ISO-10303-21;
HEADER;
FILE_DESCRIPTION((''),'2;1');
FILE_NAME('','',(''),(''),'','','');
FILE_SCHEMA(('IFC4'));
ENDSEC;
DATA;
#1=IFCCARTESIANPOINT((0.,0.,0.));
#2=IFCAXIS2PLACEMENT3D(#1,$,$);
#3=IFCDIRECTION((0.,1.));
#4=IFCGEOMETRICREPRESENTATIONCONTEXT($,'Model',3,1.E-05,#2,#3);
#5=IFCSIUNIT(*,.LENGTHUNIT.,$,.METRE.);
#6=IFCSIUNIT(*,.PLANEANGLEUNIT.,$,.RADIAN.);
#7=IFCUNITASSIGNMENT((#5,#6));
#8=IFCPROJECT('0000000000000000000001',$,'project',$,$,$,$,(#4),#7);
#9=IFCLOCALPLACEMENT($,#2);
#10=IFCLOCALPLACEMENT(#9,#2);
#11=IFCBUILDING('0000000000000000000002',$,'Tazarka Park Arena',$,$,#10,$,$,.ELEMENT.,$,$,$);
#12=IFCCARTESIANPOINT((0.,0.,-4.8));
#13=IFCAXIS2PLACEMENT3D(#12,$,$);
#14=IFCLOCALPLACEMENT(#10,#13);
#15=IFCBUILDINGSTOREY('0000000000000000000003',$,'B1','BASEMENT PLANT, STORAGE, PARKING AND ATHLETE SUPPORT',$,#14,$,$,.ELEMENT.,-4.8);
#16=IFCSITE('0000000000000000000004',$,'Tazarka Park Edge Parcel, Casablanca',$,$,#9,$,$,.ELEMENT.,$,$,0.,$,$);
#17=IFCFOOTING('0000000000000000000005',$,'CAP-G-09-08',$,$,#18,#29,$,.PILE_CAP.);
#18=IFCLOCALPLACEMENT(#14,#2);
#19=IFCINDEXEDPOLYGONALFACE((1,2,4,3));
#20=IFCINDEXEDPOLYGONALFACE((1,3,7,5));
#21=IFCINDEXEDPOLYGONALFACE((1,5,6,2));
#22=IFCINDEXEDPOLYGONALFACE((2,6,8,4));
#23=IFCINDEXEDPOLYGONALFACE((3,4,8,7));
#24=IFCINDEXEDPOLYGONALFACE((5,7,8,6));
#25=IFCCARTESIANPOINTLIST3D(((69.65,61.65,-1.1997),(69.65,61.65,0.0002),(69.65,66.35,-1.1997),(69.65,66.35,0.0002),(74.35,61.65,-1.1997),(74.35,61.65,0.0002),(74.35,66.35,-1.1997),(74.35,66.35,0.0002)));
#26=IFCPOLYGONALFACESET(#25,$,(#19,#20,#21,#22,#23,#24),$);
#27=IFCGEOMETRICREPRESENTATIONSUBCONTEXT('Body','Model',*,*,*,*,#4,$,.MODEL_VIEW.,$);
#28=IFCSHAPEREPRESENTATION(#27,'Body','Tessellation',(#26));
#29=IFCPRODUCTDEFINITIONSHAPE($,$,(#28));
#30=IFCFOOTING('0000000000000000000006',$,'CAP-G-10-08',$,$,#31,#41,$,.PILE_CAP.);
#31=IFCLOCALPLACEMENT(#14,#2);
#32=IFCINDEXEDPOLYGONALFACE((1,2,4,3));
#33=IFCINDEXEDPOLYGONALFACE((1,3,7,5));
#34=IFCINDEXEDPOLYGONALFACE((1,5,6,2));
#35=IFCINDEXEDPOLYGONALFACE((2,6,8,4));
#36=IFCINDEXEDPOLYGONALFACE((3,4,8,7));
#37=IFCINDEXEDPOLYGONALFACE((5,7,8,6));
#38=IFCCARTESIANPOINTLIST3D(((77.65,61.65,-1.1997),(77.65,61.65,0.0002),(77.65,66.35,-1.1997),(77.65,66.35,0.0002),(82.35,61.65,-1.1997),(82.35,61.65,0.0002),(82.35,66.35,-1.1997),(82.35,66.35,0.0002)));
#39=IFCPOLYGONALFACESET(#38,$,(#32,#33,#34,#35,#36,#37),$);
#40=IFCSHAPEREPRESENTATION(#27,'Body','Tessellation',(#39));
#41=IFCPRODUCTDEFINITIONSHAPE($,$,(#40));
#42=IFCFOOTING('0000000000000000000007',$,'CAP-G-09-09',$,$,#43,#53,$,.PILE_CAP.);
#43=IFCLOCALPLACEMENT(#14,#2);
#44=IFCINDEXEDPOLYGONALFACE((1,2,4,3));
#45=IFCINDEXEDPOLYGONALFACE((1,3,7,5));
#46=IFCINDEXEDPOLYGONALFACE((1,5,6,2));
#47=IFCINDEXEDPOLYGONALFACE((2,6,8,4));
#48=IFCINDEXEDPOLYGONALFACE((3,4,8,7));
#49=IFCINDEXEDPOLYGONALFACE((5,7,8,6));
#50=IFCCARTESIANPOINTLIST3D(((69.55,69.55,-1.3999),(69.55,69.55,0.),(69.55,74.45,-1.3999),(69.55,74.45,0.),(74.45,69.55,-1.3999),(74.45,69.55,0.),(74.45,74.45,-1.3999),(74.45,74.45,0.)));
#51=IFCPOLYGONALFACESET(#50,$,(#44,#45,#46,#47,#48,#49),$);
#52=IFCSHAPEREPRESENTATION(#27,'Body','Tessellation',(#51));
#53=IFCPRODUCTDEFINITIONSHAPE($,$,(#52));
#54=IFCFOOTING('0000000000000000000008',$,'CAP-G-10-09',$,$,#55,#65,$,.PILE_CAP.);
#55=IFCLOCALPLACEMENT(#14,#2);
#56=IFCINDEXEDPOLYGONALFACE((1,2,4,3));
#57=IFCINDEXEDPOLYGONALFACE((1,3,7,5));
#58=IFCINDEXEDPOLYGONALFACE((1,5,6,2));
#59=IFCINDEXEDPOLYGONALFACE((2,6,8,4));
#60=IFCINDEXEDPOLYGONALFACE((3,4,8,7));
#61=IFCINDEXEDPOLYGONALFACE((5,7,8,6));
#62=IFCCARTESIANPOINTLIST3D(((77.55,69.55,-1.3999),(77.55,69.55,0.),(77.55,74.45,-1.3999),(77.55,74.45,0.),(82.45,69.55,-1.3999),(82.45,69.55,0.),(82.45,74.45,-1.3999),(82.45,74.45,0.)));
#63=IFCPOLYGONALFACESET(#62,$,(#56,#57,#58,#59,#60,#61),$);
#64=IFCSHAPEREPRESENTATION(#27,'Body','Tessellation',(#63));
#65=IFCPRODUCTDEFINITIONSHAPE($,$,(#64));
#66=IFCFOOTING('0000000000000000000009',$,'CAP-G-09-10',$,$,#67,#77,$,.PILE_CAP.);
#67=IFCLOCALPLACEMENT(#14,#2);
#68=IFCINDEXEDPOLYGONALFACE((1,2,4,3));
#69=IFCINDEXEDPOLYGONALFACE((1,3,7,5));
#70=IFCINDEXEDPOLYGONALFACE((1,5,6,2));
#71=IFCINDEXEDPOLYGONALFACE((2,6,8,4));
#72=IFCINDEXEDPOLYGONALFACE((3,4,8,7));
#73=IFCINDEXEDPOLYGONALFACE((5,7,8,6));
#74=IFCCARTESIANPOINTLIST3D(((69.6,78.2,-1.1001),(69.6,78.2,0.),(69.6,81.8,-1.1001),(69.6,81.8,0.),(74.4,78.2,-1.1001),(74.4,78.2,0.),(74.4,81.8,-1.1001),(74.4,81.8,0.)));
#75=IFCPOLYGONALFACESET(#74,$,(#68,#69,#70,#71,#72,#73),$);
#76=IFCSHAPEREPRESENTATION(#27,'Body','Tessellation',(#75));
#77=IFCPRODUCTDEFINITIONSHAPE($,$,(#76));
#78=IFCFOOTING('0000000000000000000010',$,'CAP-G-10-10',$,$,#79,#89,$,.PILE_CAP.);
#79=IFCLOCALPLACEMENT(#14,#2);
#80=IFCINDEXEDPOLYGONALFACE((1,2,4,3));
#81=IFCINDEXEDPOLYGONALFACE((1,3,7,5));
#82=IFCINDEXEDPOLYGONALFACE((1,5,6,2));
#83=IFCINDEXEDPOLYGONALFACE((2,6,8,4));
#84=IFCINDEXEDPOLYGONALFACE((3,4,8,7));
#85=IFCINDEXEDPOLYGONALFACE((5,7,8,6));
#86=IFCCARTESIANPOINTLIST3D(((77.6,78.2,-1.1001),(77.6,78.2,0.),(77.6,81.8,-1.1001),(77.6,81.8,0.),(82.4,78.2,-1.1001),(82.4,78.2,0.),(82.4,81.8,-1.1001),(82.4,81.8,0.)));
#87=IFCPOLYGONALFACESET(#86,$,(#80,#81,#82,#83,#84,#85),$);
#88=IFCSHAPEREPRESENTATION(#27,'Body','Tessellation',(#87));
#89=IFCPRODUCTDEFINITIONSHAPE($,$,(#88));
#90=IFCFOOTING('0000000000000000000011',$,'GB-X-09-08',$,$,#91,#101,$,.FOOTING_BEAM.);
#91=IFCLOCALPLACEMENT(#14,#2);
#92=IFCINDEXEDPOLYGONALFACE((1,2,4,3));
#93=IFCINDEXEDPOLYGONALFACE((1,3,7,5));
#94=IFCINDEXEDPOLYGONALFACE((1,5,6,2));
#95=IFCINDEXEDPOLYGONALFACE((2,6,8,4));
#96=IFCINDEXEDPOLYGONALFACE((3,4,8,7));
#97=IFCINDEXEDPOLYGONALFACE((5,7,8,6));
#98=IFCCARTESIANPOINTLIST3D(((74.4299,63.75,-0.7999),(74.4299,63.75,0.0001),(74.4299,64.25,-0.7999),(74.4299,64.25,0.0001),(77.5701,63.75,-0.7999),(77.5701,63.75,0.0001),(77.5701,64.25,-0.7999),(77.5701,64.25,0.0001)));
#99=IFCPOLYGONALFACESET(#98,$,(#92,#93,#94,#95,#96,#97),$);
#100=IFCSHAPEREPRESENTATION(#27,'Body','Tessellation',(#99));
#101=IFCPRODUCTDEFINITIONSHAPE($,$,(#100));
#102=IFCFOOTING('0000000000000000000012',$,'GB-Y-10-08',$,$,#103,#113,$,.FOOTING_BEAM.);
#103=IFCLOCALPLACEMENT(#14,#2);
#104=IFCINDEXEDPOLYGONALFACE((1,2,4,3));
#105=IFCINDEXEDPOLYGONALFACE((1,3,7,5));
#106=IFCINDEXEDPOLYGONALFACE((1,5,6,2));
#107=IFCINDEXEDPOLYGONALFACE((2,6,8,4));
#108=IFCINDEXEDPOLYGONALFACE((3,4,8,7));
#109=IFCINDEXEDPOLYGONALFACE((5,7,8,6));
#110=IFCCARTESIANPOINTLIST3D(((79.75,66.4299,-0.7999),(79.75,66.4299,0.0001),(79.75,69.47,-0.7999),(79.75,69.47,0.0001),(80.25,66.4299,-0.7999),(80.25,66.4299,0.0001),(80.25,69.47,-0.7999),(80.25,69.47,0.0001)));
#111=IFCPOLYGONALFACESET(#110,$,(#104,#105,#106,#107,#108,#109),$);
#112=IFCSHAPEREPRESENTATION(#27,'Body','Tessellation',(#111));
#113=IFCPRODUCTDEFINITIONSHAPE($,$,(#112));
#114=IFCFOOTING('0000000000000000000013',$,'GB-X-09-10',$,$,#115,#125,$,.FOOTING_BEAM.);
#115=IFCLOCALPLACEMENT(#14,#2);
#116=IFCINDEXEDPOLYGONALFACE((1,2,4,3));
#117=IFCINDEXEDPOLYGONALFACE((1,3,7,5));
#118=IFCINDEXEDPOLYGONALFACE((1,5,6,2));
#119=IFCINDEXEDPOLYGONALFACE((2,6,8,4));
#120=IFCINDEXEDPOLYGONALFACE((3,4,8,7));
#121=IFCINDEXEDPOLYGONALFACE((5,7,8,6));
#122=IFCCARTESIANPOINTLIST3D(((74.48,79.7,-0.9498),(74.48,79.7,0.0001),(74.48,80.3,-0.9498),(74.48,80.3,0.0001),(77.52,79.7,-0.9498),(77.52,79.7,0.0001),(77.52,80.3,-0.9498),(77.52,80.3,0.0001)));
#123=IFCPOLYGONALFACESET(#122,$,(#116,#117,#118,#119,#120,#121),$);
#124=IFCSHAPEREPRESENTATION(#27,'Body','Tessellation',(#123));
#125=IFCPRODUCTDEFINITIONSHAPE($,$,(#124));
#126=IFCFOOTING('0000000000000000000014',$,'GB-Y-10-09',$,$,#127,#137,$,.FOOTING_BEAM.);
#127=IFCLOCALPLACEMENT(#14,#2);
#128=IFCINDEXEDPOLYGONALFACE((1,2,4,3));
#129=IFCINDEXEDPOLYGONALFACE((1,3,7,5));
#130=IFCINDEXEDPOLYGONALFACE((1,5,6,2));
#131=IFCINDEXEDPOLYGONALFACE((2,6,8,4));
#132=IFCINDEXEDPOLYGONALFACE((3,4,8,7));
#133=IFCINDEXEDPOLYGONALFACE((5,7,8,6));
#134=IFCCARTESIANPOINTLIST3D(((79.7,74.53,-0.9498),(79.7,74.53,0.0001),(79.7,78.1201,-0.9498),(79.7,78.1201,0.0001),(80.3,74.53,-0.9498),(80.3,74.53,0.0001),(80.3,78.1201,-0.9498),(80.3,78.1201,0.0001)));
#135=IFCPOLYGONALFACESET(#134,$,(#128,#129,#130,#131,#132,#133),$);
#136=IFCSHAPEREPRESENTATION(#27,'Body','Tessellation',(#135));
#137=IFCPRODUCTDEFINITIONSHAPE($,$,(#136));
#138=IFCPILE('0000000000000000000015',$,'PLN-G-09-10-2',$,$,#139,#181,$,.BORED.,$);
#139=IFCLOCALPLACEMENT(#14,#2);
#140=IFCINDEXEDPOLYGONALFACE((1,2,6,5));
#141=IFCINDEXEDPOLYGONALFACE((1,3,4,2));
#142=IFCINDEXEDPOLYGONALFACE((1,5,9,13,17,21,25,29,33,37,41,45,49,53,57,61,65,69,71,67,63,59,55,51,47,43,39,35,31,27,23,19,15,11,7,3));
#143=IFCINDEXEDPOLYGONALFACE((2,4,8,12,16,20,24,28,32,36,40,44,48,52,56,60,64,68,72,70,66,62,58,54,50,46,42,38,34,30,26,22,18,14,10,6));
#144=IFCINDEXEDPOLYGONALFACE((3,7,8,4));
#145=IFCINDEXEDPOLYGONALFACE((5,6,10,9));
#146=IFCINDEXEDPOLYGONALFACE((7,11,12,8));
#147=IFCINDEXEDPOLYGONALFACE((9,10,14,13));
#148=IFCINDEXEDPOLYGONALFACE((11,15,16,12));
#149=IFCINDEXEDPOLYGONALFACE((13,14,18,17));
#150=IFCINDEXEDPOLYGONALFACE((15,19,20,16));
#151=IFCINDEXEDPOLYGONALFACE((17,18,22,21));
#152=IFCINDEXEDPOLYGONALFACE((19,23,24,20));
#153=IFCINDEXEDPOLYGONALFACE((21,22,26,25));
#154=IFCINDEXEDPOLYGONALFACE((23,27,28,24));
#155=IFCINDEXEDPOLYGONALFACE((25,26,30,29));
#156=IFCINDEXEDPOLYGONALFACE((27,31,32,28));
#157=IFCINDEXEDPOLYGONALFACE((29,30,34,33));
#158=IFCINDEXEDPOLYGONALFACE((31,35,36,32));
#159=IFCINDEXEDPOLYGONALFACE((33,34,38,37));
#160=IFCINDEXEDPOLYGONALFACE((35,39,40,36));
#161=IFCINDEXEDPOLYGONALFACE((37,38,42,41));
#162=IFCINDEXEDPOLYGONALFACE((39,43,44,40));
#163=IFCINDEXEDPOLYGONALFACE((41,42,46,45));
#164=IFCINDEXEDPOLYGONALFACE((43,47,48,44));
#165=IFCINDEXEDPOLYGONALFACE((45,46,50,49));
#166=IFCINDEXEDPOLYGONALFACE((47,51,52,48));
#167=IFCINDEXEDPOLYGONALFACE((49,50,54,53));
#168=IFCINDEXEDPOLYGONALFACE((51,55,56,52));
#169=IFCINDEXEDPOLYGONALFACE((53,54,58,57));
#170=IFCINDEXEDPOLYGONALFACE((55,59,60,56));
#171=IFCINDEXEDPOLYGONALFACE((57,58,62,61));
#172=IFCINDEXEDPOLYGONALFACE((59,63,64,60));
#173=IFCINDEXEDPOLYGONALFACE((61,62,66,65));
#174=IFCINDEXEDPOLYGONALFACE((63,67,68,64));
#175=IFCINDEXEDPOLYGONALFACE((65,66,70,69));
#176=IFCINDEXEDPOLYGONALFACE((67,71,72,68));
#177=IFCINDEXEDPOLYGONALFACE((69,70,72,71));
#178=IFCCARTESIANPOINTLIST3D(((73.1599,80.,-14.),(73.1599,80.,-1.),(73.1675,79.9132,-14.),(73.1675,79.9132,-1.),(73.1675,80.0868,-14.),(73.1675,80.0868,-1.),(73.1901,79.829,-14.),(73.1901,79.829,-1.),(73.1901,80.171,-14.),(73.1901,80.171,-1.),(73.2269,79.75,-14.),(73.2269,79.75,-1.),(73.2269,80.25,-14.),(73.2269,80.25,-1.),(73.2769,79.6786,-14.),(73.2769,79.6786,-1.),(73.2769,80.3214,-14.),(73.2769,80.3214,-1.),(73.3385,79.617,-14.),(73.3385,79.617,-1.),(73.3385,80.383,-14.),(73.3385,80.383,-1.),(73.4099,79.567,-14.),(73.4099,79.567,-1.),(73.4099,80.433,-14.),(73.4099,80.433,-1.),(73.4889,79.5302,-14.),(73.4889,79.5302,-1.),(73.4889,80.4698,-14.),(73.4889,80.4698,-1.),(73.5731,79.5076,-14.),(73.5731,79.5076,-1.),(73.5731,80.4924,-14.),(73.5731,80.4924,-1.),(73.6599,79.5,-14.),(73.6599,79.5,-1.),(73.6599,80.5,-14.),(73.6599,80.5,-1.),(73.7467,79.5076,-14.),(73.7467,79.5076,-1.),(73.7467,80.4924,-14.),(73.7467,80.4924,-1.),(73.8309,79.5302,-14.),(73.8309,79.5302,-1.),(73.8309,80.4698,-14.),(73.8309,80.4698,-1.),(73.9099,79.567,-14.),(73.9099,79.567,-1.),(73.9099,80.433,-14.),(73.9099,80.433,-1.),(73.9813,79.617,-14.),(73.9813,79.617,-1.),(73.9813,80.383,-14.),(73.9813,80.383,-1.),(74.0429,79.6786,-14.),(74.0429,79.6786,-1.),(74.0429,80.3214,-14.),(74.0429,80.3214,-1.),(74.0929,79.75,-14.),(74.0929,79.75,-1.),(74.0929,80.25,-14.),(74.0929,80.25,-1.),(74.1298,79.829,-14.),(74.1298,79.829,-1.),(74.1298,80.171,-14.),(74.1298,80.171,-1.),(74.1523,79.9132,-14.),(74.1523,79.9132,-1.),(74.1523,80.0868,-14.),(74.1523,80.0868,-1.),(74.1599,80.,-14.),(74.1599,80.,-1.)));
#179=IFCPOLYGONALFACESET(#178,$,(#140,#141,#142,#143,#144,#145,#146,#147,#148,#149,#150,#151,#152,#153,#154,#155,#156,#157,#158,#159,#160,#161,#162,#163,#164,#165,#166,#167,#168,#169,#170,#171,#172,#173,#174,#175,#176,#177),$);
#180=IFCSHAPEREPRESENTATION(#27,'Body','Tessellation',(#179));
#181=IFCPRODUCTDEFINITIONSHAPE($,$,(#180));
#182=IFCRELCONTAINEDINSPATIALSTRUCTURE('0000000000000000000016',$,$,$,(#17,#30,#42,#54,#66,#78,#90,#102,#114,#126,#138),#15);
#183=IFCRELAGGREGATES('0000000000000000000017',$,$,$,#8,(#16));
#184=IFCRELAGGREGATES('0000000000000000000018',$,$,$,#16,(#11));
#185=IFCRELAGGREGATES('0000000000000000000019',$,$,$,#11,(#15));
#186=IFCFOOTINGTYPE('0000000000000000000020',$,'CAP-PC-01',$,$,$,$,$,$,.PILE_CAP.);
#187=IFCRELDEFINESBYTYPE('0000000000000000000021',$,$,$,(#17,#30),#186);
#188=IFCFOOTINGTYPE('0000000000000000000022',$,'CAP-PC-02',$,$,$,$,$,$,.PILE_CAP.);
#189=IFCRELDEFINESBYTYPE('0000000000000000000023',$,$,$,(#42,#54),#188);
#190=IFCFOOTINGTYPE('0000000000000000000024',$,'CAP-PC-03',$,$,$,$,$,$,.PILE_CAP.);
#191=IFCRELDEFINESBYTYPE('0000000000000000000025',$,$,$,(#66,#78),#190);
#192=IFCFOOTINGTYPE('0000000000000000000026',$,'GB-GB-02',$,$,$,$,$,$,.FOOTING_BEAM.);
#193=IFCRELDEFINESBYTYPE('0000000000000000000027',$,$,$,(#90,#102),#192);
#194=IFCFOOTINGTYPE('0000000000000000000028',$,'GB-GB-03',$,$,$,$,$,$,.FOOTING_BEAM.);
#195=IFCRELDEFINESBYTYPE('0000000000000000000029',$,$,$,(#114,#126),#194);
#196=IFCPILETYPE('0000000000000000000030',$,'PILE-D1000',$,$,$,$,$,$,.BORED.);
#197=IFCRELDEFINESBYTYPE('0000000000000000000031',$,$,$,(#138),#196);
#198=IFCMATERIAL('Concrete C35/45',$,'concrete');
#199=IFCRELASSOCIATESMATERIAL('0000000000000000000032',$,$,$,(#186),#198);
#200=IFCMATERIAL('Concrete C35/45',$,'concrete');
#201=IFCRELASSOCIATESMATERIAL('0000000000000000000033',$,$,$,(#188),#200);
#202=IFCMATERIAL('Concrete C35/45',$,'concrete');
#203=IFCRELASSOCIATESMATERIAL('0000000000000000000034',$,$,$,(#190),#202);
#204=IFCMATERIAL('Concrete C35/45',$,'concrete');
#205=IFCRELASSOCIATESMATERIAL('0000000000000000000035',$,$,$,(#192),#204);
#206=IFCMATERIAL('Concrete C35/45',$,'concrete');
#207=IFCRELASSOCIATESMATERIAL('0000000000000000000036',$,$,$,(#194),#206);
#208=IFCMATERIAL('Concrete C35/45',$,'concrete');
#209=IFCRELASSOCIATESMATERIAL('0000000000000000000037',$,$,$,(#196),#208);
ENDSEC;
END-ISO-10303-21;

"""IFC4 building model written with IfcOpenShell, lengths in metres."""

from ifc_helpers import new_model, si_unit, direction, frame, origin, origin_2d, place, context, subcontext, project, spatial, rectangle, circle, extrude, material, material_profile, profile_set, type_object, element, save


model = new_model("IFC4")

# Units and contexts
model_context = context("Model", 3, precision=1e-05, world=origin(), true_north=direction((0.0, 1.0)))
body_context = subcontext(model_context, "Body", "Model", "MODEL_VIEW")
ifc_project = project(units=[si_unit("LENGTHUNIT", "METRE"), si_unit("PLANEANGLEUNIT", "RADIAN")], contexts=[model_context])

# Site, building, storey
site_placement = place(None, origin())
site = spatial("IfcSite", under=ifc_project, at=site_placement, Name="Tazarka Park Edge Parcel, Casablanca", CompositionType="ELEMENT", RefElevation=0.0)
building_placement = place(site_placement, origin())
building = spatial("IfcBuilding", under=site, at=building_placement, Name="Tazarka Park Arena", CompositionType="ELEMENT")
storey_placement = place(building_placement, frame((0.0, 0.0, -4.8)))
storey = spatial("IfcBuildingStorey", under=building, at=storey_placement, Name="B1", Description="BASEMENT PLANT, STORAGE, PARKING AND ATHLETE SUPPORT", CompositionType="ELEMENT", Elevation=-4.8)

# Footings
ifc_material_1 = material(Name="Concrete C35/45", Category="concrete")
footing_type_1 = type_object("IfcFootingType", Name="CAP-PC-01", PredefinedType="PILE_CAP", material=ifc_material_1)
for number, where, z_axis, x_axis, name in (
    (1, (72.0, 64.0, -1.1997), (0.0, 0.0, 1.0), (1.0, 0.0, 0.0), "CAP-G-09-08"),
    (2, (80.0, 64.0, -1.1997), (0.0, 0.0, 1.0), (1.0, 0.0, 0.0), "CAP-G-10-08"),
):
    element("IfcFooting", number, at=place(storey_placement, frame(where, z_axis=z_axis, x_axis=x_axis)), inside=storey, type_object=footing_type_1, Name=name, PredefinedType="PILE_CAP", context=body_context, shape_type="SweptSolid", body=[
        extrude(rectangle(XDim=4.7, YDim=4.7, at=origin_2d()), origin(), (0.0, 0.0, 1.0), 1.2),
    ])
ifc_material_2 = material(Name="Concrete C35/45", Category="concrete")
footing_type_2 = type_object("IfcFootingType", Name="CAP-PC-02", PredefinedType="PILE_CAP", material=ifc_material_2)
for number, where, z_axis, x_axis, name in (
    (3, (72.0, 72.0, -1.3999), (0.0, 0.0, 1.0), (1.0, 0.0, 0.0), "CAP-G-09-09"),
    (4, (80.0, 72.0, -1.3999), (0.0, 0.0, 1.0), (1.0, 0.0, 0.0), "CAP-G-10-09"),
):
    element("IfcFooting", number, at=place(storey_placement, frame(where, z_axis=z_axis, x_axis=x_axis)), inside=storey, type_object=footing_type_2, Name=name, PredefinedType="PILE_CAP", context=body_context, shape_type="SweptSolid", body=[
        extrude(rectangle(XDim=4.8999, YDim=4.8999, at=origin_2d()), origin(), (0.0, 0.0, 1.0), 1.3999),
    ])
ifc_material_3 = material(Name="Concrete C35/45", Category="concrete")
footing_type_3 = type_object("IfcFootingType", Name="CAP-PC-03", PredefinedType="PILE_CAP", material=ifc_material_3)
for number, where, z_axis, x_axis, name in (
    (5, (72.0, 80.0, -1.1001), (0.0, 0.0, 1.0), (1.0, 0.0, 0.0), "CAP-G-09-10"),
    (6, (80.0, 80.0, -1.1001), (0.0, 0.0, 1.0), (1.0, 0.0, 0.0), "CAP-G-10-10"),
):
    element("IfcFooting", number, at=place(storey_placement, frame(where, z_axis=z_axis, x_axis=x_axis)), inside=storey, type_object=footing_type_3, Name=name, PredefinedType="PILE_CAP", context=body_context, shape_type="SweptSolid", body=[
        extrude(rectangle(XDim=4.8, YDim=3.6001, at=origin_2d()), origin(), (0.0, 0.0, 1.0), 1.1001),
    ])
ifc_material_4 = material(Name="Concrete C35/45", Category="concrete")
ifc_material_profile_1 = material_profile(ifc_material_4, rectangle(XDim=0.5, YDim=0.8, at=origin_2d()), Name="Concrete C35/45")
ifc_profile_set_1 = profile_set([ifc_material_profile_1], Name="Concrete C35/45")
footing_type_4 = type_object("IfcFootingType", Name="GB-GB-02", PredefinedType="FOOTING_BEAM", material=ifc_profile_set_1)
footing_1_placement = place(storey_placement, frame((74.4299, 64.0, -0.3999), z_axis=(1.0, 0.0, 0.0), x_axis=(0.0, 1.0, 0.0)))
element("IfcFooting", 7, at=footing_1_placement, inside=storey, type_object=footing_type_4, Name="GB-X-09-08", PredefinedType="FOOTING_BEAM", context=body_context, shape_type="SweptSolid", body=[
    extrude(rectangle(XDim=0.5, YDim=0.8, at=origin_2d()), origin(), (0.0, 0.0, 1.0), 3.1401),
])
footing_2_placement = place(storey_placement, frame((80.0, 66.4299, -0.3999), z_axis=(0.0, 1.0, 0.0), x_axis=(-1.0, 0.0, 0.0)))
element("IfcFooting", 8, at=footing_2_placement, inside=storey, type_object=footing_type_4, Name="GB-Y-10-08", PredefinedType="FOOTING_BEAM", context=body_context, shape_type="SweptSolid", body=[
    extrude(rectangle(XDim=0.5, YDim=0.8, at=origin_2d()), origin(), (0.0, 0.0, 1.0), 3.04),
])
ifc_material_5 = material(Name="Concrete C35/45", Category="concrete")
ifc_material_profile_2 = material_profile(ifc_material_5, rectangle(XDim=0.6001, YDim=0.95, at=origin_2d()), Name="Concrete C35/45")
ifc_profile_set_2 = profile_set([ifc_material_profile_2], Name="Concrete C35/45")
footing_type_5 = type_object("IfcFootingType", Name="GB-GB-03", PredefinedType="FOOTING_BEAM", material=ifc_profile_set_2)
footing_3_placement = place(storey_placement, frame((74.48, 80.0, -0.4749), z_axis=(1.0, 0.0, 0.0), x_axis=(0.0, 1.0, 0.0)))
element("IfcFooting", 9, at=footing_3_placement, inside=storey, type_object=footing_type_5, Name="GB-X-09-10", PredefinedType="FOOTING_BEAM", context=body_context, shape_type="SweptSolid", body=[
    extrude(rectangle(XDim=0.6001, YDim=0.95, at=origin_2d()), origin(), (0.0, 0.0, 1.0), 3.04),
])
footing_4_placement = place(storey_placement, frame((80.0, 74.53, -0.4749), z_axis=(0.0, 1.0, 0.0), x_axis=(-1.0, 0.0, 0.0)))
element("IfcFooting", 10, at=footing_4_placement, inside=storey, type_object=footing_type_5, Name="GB-Y-10-09", PredefinedType="FOOTING_BEAM", context=body_context, shape_type="SweptSolid", body=[
    extrude(rectangle(XDim=0.6001, YDim=0.95, at=origin_2d()), origin(), (0.0, 0.0, 1.0), 3.5901),
])

# Pile
ifc_material_6 = material(Name="Concrete C35/45", Category="concrete")
ifc_material_profile_3 = material_profile(ifc_material_6, circle(Radius=0.5, at=origin_2d()), Name="Concrete C35/45")
ifc_profile_set_3 = profile_set([ifc_material_profile_3], Name="Concrete C35/45")
pile_type_1 = type_object("IfcPileType", Name="PILE-D1000", PredefinedType="BORED", material=ifc_profile_set_3)
pile_1_placement = place(storey_placement, frame((73.6599, 80.0, -1.0), z_axis=(0.0, 0.0, -1.0), x_axis=(1.0, 0.0, 0.0)))
element("IfcPile", 11, at=pile_1_placement, inside=storey, type_object=pile_type_1, Name="PLN-G-09-10-2", PredefinedType="BORED", context=body_context, shape_type="SweptSolid", body=[
    extrude(circle(Radius=0.5, at=origin_2d()), origin(), (0.0, 0.0, 1.0), 13.0),
])

save(model, "model.ifc")
